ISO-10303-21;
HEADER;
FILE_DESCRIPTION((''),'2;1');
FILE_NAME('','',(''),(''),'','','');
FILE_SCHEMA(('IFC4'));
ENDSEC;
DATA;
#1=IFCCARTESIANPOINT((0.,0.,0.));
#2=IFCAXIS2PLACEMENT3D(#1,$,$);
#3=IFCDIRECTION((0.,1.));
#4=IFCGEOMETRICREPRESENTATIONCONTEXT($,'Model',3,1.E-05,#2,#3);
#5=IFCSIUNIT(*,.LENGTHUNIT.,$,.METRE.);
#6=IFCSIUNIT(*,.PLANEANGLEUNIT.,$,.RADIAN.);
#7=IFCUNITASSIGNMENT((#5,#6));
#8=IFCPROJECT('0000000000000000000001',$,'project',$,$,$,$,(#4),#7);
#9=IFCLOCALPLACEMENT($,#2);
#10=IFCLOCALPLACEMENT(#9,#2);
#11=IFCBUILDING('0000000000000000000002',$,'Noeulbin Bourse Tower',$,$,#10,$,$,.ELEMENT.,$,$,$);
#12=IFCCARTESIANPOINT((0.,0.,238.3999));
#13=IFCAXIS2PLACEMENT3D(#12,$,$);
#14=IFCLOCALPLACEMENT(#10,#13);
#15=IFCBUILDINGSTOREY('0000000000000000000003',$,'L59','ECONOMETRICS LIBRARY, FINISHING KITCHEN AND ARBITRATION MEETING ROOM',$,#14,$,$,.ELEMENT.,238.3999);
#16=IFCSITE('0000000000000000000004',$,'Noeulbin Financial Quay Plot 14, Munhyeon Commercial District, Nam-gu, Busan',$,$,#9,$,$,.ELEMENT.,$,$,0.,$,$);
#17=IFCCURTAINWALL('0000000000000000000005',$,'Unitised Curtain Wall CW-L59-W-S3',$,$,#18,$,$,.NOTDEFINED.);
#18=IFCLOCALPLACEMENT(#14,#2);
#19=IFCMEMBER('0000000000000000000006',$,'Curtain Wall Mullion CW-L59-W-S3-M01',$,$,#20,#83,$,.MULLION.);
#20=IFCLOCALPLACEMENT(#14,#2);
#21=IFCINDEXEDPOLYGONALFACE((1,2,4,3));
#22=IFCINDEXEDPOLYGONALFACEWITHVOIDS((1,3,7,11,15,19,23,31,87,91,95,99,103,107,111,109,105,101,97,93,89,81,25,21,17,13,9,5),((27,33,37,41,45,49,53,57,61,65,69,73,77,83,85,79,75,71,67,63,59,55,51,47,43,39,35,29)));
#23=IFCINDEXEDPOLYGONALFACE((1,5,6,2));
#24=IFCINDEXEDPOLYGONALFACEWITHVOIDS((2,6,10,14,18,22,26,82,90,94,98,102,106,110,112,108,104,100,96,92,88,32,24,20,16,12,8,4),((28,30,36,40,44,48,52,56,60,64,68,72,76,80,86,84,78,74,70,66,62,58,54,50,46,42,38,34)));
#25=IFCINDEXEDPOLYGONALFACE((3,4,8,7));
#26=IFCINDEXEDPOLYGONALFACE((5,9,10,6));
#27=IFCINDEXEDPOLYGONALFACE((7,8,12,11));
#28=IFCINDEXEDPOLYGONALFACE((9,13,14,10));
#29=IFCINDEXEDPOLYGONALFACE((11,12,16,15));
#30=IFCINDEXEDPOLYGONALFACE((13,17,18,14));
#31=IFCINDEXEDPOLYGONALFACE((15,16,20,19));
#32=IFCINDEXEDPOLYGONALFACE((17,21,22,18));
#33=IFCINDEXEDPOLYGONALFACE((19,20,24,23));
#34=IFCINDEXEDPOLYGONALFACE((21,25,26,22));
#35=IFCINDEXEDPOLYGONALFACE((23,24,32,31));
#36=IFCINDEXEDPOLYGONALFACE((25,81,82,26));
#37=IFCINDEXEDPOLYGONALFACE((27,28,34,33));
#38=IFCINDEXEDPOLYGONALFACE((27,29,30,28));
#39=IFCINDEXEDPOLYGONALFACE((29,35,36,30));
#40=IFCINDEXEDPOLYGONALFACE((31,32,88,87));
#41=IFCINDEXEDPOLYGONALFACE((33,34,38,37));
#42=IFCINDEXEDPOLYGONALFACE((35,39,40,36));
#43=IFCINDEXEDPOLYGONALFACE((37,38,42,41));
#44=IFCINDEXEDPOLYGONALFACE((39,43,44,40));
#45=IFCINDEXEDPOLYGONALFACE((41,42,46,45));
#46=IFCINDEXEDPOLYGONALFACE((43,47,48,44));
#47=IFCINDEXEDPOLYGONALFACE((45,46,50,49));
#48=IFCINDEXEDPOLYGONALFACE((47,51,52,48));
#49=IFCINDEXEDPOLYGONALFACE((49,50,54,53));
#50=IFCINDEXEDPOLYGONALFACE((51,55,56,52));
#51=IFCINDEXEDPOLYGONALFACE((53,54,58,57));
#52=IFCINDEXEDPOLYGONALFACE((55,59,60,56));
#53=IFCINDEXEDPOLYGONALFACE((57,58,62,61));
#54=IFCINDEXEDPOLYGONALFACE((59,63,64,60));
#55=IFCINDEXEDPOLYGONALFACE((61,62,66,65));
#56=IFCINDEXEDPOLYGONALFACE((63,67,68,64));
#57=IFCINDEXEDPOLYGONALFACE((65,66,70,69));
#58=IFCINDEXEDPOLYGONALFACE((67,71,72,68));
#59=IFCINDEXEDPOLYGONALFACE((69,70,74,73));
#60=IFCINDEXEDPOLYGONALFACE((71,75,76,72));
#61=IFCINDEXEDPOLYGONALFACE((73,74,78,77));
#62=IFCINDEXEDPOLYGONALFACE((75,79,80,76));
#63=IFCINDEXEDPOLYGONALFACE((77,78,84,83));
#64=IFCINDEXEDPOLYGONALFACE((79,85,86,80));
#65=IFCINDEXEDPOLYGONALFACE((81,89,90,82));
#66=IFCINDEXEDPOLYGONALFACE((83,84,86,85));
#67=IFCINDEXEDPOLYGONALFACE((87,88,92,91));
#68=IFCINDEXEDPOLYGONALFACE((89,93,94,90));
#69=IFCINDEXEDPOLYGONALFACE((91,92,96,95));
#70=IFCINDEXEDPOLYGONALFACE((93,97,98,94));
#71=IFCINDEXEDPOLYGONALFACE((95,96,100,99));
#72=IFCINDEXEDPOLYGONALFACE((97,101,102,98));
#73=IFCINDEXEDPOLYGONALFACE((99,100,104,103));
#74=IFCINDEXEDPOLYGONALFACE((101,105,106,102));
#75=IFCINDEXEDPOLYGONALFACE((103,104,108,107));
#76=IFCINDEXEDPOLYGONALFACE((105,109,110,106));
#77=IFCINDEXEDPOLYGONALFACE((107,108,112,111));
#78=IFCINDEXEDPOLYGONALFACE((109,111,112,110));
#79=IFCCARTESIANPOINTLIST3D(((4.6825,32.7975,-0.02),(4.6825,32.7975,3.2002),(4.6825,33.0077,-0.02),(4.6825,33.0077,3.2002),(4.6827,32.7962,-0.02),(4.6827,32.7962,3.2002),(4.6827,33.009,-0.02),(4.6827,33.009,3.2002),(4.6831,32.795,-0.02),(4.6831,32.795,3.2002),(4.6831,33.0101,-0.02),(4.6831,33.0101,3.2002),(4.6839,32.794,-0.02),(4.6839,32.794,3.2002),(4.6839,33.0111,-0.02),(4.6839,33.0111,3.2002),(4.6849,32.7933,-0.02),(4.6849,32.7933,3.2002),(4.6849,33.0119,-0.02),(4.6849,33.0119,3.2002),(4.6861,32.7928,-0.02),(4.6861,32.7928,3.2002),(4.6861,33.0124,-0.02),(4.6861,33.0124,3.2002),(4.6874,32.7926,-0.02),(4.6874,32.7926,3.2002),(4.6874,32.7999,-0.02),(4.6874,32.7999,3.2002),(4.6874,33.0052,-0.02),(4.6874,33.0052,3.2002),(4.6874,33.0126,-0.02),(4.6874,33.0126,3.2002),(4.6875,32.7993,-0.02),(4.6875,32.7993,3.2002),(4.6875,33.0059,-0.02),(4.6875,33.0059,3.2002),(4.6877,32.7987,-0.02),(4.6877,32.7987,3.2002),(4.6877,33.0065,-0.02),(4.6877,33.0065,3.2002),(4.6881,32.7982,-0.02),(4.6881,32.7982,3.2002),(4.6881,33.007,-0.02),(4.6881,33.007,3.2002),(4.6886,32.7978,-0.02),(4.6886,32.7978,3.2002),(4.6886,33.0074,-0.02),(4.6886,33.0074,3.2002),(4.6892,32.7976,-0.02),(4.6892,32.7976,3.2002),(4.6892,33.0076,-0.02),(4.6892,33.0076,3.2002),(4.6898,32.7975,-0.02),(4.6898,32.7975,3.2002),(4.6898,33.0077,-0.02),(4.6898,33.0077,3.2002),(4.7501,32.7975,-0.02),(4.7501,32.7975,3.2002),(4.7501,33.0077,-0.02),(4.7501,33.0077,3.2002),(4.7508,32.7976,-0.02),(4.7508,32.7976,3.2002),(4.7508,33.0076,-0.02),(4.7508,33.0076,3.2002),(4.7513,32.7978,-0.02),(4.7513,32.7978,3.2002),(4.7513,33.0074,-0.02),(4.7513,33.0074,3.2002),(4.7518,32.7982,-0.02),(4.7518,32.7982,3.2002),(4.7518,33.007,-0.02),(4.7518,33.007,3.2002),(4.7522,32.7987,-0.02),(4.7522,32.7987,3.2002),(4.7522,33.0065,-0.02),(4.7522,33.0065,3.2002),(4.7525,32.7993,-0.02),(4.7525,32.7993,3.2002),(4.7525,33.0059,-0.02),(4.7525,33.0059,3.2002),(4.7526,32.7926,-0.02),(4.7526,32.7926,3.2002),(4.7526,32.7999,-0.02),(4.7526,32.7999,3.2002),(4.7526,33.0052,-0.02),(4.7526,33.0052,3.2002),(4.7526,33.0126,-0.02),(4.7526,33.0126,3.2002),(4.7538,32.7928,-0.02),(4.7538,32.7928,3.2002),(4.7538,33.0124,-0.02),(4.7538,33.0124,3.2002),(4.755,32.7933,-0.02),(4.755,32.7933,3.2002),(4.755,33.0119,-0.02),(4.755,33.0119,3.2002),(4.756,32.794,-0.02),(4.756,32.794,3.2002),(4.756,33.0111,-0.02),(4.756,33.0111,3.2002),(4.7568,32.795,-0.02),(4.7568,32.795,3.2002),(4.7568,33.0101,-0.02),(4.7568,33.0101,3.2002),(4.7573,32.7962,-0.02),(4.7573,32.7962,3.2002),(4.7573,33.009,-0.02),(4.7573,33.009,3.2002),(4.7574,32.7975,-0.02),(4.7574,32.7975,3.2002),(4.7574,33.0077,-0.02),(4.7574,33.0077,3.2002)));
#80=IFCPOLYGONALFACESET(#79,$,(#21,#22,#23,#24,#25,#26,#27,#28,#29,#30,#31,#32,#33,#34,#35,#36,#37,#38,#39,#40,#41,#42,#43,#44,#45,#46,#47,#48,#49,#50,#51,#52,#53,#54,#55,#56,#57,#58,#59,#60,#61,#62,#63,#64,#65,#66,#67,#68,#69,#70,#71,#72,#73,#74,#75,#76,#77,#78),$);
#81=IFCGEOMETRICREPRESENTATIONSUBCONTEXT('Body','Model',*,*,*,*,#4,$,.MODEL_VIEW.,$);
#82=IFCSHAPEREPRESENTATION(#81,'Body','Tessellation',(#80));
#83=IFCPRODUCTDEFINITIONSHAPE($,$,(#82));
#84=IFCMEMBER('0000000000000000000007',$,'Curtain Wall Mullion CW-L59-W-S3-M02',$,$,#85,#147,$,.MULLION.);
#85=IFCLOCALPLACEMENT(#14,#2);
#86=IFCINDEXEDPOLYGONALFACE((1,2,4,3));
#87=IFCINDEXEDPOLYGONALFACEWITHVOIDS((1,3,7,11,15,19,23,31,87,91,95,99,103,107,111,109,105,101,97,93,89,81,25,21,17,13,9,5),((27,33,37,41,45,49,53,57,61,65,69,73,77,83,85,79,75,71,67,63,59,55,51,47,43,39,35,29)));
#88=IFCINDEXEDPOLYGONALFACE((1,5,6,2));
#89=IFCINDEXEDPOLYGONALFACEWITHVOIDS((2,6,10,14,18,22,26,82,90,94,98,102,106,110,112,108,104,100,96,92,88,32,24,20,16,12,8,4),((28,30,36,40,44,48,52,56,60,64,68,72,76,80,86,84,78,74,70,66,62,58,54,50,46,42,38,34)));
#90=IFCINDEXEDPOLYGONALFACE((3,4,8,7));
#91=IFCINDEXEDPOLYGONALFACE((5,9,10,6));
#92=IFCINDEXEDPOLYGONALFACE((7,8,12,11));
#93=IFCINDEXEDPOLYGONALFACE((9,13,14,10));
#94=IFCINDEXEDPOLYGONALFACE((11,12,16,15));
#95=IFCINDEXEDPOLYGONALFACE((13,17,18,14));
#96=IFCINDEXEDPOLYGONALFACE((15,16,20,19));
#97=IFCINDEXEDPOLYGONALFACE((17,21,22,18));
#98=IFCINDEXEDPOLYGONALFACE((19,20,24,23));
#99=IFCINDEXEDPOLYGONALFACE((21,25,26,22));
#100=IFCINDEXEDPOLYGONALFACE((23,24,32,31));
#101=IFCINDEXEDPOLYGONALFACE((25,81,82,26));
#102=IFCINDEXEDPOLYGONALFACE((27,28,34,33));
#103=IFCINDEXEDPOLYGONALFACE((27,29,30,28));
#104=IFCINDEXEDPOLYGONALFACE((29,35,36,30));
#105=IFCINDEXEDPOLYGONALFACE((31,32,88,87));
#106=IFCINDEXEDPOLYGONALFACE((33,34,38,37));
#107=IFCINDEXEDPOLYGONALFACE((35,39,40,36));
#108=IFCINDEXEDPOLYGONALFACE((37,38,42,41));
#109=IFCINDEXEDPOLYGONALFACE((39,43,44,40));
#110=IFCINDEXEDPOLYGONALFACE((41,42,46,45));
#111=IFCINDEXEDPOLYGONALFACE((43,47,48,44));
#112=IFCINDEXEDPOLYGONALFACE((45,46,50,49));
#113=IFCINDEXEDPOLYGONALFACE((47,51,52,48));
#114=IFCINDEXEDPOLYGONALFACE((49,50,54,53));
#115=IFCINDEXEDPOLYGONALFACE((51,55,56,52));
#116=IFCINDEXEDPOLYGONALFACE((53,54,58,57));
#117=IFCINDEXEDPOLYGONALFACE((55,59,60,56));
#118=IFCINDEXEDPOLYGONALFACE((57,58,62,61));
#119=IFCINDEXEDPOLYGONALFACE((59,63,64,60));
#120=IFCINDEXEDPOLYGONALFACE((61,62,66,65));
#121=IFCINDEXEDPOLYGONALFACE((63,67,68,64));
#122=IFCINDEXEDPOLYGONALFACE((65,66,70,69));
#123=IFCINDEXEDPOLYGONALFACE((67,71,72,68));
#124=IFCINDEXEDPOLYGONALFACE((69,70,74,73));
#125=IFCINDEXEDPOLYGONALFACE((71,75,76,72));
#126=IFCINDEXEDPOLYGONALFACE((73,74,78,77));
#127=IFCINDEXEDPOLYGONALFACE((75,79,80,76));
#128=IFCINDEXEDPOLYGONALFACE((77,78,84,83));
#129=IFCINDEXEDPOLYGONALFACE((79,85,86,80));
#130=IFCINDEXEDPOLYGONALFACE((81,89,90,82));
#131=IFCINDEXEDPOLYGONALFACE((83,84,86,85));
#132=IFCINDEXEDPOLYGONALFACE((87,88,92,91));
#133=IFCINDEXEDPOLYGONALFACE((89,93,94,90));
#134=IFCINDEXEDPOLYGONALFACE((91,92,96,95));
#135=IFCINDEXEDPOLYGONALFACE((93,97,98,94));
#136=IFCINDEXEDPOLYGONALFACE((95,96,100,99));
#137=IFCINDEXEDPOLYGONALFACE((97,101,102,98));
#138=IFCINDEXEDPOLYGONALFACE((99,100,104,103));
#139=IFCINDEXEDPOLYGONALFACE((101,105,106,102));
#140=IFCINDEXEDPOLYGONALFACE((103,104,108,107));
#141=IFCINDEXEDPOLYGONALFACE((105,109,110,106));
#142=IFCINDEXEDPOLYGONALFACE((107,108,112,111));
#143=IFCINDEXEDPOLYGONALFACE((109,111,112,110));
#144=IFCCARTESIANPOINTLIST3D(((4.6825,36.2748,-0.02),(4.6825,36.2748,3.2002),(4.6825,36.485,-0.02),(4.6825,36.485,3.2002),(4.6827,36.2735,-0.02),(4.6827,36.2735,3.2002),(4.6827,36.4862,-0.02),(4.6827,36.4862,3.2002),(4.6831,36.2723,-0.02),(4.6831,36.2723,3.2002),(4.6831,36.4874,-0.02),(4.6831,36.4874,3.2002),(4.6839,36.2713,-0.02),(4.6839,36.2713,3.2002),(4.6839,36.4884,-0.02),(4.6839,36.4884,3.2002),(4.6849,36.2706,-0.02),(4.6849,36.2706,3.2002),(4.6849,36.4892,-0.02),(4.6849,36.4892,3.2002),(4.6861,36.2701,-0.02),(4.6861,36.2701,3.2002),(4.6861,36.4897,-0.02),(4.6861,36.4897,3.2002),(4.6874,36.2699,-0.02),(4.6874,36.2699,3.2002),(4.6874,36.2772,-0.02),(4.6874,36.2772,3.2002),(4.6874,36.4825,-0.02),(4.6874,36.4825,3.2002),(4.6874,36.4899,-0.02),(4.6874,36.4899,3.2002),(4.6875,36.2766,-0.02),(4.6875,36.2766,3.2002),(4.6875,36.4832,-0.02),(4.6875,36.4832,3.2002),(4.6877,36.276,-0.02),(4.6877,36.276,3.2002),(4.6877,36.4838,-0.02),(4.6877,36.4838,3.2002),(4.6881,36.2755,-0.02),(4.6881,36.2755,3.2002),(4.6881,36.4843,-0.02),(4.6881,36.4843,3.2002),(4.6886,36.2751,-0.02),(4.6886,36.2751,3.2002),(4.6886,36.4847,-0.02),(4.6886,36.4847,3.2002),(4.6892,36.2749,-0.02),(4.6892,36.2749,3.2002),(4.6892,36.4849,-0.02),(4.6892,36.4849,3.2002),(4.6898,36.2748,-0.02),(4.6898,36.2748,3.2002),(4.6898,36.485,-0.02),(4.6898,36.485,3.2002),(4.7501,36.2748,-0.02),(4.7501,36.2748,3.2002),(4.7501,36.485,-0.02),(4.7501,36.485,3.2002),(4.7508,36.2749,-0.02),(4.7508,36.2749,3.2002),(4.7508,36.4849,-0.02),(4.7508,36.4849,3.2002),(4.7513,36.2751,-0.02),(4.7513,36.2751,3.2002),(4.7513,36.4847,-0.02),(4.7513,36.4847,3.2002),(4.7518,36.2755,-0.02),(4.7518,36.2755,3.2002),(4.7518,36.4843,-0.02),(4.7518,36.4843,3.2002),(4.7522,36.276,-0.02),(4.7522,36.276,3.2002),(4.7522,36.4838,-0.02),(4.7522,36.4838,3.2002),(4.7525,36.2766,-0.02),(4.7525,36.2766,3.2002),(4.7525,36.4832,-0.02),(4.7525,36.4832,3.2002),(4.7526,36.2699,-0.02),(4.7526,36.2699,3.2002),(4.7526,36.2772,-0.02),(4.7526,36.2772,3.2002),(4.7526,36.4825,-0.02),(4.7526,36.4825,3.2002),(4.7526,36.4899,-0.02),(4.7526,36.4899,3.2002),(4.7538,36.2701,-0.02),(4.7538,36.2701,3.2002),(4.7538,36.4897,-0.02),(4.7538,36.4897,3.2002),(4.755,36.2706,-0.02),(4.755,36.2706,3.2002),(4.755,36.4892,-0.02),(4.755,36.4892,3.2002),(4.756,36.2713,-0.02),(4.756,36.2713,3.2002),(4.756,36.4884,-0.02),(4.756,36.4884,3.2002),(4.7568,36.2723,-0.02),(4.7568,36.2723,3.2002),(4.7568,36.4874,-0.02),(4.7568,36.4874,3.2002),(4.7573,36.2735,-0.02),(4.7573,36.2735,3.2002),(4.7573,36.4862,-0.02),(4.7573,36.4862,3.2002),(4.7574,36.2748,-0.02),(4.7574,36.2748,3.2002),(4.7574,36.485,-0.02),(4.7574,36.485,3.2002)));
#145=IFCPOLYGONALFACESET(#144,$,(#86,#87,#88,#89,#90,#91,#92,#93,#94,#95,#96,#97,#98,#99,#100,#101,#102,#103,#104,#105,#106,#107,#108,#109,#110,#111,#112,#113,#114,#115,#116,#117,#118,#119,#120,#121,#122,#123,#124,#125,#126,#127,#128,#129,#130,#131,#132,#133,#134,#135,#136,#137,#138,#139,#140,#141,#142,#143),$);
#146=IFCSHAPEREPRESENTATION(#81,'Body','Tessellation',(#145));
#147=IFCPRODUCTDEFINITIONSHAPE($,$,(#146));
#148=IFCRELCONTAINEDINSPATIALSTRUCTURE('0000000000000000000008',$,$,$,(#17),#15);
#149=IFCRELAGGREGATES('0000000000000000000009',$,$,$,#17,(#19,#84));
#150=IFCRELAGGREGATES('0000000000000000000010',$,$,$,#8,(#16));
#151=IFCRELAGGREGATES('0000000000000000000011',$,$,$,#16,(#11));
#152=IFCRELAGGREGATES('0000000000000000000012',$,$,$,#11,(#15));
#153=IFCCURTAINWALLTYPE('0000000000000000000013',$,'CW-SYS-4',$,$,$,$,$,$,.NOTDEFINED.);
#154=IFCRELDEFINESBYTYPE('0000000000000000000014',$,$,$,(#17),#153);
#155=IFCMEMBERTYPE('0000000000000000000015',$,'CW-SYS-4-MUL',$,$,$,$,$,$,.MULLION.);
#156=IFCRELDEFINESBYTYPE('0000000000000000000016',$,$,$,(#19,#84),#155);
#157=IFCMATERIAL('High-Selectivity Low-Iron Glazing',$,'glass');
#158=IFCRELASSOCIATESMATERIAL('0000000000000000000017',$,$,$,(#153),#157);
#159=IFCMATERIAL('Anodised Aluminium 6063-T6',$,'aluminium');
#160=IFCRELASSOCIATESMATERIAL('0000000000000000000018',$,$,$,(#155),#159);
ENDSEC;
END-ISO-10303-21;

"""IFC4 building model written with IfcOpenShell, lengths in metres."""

from ifc_helpers import new_model, si_unit, direction, frame, origin, origin_2d, place, context, subcontext, project, spatial, hollow_rectangle, extrude, material, material_profile, profile_set, type_object, element, aggregate, save


model = new_model("IFC4")

# Units and contexts
model_context = context("Model", 3, precision=1e-05, world=origin(), true_north=direction((0.0, 1.0)))
body_context = subcontext(model_context, "Body", "Model", "MODEL_VIEW")
ifc_project = project(units=[si_unit("LENGTHUNIT", "METRE"), si_unit("PLANEANGLEUNIT", "RADIAN")], contexts=[model_context])

# Site, building, storey
site_placement = place(None, origin())
site = spatial("IfcSite", under=ifc_project, at=site_placement, Name="Noeulbin Financial Quay Plot 14, Munhyeon Commercial District, Nam-gu, Busan", CompositionType="ELEMENT", RefElevation=0.0)
building_placement = place(site_placement, origin())
building = spatial("IfcBuilding", under=site, at=building_placement, Name="Noeulbin Bourse Tower", CompositionType="ELEMENT")
storey_placement = place(building_placement, frame((0.0, 0.0, 238.3999)))
storey = spatial("IfcBuildingStorey", under=building, at=storey_placement, Name="L59", Description="ECONOMETRICS LIBRARY, FINISHING KITCHEN AND ARBITRATION MEETING ROOM", CompositionType="ELEMENT", Elevation=238.3999)

# Shared definitions
ifc_material_1 = material(Name="High-Selectivity Low-Iron Glazing", Category="glass")
curtain_wall_type = type_object("IfcCurtainWallType", Name="CW-SYS-4", PredefinedType="NOTDEFINED", material=ifc_material_1)
ifc_material_2 = material(Name="Anodised Aluminium 6063-T6", Category="aluminium")
ifc_material_profile_1 = material_profile(ifc_material_2, hollow_rectangle(XDim=0.075, YDim=0.22, WallThickness=0.0049, InnerFilletRadius=0.0024, OuterFilletRadius=0.0049, at=origin_2d()), Name="ALU-MULL-75x220x5", Category="LoadBearing")
ifc_profile_set_1 = profile_set([ifc_material_profile_1], Name="Anodised Aluminium 6063-T6")
member_type_1 = type_object("IfcMemberType", Name="CW-SYS-4-MUL", PredefinedType="MULLION", material=ifc_profile_set_1)

# Curtain wall, members
curtain_wall_1_placement = place(storey_placement, origin())
curtain_wall_1 = element("IfcCurtainWall", 1, at=curtain_wall_1_placement, inside=storey, type_object=curtain_wall_type, Name="Unitised Curtain Wall CW-L59-W-S3", PredefinedType="NOTDEFINED")
member_1_placement = place(storey_placement, frame((4.72, 32.9026, -0.02), z_axis=(0.0, 0.0, 1.0), x_axis=(1.0, 0.0, 0.0)))
member_1 = element("IfcMember", 2, at=member_1_placement, type_object=member_type_1, Name="Curtain Wall Mullion CW-L59-W-S3-M01", PredefinedType="MULLION", context=body_context, shape_type="SweptSolid", body=[
    extrude(hollow_rectangle(XDim=0.075, YDim=0.22, WallThickness=0.0049, InnerFilletRadius=0.0024, OuterFilletRadius=0.0049, at=origin_2d()), origin(), (0.0, 0.0, 1.0), 3.2202),
])
member_2_placement = place(storey_placement, frame((4.72, 36.3799, -0.02), z_axis=(0.0, 0.0, 1.0), x_axis=(1.0, 0.0, 0.0)))
member_2 = element("IfcMember", 3, at=member_2_placement, type_object=member_type_1, Name="Curtain Wall Mullion CW-L59-W-S3-M02", PredefinedType="MULLION", context=body_context, shape_type="SweptSolid", body=[
    extrude(hollow_rectangle(XDim=0.075, YDim=0.22, WallThickness=0.0049, InnerFilletRadius=0.0024, OuterFilletRadius=0.0049, at=origin_2d()), origin(), (0.0, 0.0, 1.0), 3.2202),
])

aggregate(curtain_wall_1, [member_1, member_2])

save(model, "model.ifc")
